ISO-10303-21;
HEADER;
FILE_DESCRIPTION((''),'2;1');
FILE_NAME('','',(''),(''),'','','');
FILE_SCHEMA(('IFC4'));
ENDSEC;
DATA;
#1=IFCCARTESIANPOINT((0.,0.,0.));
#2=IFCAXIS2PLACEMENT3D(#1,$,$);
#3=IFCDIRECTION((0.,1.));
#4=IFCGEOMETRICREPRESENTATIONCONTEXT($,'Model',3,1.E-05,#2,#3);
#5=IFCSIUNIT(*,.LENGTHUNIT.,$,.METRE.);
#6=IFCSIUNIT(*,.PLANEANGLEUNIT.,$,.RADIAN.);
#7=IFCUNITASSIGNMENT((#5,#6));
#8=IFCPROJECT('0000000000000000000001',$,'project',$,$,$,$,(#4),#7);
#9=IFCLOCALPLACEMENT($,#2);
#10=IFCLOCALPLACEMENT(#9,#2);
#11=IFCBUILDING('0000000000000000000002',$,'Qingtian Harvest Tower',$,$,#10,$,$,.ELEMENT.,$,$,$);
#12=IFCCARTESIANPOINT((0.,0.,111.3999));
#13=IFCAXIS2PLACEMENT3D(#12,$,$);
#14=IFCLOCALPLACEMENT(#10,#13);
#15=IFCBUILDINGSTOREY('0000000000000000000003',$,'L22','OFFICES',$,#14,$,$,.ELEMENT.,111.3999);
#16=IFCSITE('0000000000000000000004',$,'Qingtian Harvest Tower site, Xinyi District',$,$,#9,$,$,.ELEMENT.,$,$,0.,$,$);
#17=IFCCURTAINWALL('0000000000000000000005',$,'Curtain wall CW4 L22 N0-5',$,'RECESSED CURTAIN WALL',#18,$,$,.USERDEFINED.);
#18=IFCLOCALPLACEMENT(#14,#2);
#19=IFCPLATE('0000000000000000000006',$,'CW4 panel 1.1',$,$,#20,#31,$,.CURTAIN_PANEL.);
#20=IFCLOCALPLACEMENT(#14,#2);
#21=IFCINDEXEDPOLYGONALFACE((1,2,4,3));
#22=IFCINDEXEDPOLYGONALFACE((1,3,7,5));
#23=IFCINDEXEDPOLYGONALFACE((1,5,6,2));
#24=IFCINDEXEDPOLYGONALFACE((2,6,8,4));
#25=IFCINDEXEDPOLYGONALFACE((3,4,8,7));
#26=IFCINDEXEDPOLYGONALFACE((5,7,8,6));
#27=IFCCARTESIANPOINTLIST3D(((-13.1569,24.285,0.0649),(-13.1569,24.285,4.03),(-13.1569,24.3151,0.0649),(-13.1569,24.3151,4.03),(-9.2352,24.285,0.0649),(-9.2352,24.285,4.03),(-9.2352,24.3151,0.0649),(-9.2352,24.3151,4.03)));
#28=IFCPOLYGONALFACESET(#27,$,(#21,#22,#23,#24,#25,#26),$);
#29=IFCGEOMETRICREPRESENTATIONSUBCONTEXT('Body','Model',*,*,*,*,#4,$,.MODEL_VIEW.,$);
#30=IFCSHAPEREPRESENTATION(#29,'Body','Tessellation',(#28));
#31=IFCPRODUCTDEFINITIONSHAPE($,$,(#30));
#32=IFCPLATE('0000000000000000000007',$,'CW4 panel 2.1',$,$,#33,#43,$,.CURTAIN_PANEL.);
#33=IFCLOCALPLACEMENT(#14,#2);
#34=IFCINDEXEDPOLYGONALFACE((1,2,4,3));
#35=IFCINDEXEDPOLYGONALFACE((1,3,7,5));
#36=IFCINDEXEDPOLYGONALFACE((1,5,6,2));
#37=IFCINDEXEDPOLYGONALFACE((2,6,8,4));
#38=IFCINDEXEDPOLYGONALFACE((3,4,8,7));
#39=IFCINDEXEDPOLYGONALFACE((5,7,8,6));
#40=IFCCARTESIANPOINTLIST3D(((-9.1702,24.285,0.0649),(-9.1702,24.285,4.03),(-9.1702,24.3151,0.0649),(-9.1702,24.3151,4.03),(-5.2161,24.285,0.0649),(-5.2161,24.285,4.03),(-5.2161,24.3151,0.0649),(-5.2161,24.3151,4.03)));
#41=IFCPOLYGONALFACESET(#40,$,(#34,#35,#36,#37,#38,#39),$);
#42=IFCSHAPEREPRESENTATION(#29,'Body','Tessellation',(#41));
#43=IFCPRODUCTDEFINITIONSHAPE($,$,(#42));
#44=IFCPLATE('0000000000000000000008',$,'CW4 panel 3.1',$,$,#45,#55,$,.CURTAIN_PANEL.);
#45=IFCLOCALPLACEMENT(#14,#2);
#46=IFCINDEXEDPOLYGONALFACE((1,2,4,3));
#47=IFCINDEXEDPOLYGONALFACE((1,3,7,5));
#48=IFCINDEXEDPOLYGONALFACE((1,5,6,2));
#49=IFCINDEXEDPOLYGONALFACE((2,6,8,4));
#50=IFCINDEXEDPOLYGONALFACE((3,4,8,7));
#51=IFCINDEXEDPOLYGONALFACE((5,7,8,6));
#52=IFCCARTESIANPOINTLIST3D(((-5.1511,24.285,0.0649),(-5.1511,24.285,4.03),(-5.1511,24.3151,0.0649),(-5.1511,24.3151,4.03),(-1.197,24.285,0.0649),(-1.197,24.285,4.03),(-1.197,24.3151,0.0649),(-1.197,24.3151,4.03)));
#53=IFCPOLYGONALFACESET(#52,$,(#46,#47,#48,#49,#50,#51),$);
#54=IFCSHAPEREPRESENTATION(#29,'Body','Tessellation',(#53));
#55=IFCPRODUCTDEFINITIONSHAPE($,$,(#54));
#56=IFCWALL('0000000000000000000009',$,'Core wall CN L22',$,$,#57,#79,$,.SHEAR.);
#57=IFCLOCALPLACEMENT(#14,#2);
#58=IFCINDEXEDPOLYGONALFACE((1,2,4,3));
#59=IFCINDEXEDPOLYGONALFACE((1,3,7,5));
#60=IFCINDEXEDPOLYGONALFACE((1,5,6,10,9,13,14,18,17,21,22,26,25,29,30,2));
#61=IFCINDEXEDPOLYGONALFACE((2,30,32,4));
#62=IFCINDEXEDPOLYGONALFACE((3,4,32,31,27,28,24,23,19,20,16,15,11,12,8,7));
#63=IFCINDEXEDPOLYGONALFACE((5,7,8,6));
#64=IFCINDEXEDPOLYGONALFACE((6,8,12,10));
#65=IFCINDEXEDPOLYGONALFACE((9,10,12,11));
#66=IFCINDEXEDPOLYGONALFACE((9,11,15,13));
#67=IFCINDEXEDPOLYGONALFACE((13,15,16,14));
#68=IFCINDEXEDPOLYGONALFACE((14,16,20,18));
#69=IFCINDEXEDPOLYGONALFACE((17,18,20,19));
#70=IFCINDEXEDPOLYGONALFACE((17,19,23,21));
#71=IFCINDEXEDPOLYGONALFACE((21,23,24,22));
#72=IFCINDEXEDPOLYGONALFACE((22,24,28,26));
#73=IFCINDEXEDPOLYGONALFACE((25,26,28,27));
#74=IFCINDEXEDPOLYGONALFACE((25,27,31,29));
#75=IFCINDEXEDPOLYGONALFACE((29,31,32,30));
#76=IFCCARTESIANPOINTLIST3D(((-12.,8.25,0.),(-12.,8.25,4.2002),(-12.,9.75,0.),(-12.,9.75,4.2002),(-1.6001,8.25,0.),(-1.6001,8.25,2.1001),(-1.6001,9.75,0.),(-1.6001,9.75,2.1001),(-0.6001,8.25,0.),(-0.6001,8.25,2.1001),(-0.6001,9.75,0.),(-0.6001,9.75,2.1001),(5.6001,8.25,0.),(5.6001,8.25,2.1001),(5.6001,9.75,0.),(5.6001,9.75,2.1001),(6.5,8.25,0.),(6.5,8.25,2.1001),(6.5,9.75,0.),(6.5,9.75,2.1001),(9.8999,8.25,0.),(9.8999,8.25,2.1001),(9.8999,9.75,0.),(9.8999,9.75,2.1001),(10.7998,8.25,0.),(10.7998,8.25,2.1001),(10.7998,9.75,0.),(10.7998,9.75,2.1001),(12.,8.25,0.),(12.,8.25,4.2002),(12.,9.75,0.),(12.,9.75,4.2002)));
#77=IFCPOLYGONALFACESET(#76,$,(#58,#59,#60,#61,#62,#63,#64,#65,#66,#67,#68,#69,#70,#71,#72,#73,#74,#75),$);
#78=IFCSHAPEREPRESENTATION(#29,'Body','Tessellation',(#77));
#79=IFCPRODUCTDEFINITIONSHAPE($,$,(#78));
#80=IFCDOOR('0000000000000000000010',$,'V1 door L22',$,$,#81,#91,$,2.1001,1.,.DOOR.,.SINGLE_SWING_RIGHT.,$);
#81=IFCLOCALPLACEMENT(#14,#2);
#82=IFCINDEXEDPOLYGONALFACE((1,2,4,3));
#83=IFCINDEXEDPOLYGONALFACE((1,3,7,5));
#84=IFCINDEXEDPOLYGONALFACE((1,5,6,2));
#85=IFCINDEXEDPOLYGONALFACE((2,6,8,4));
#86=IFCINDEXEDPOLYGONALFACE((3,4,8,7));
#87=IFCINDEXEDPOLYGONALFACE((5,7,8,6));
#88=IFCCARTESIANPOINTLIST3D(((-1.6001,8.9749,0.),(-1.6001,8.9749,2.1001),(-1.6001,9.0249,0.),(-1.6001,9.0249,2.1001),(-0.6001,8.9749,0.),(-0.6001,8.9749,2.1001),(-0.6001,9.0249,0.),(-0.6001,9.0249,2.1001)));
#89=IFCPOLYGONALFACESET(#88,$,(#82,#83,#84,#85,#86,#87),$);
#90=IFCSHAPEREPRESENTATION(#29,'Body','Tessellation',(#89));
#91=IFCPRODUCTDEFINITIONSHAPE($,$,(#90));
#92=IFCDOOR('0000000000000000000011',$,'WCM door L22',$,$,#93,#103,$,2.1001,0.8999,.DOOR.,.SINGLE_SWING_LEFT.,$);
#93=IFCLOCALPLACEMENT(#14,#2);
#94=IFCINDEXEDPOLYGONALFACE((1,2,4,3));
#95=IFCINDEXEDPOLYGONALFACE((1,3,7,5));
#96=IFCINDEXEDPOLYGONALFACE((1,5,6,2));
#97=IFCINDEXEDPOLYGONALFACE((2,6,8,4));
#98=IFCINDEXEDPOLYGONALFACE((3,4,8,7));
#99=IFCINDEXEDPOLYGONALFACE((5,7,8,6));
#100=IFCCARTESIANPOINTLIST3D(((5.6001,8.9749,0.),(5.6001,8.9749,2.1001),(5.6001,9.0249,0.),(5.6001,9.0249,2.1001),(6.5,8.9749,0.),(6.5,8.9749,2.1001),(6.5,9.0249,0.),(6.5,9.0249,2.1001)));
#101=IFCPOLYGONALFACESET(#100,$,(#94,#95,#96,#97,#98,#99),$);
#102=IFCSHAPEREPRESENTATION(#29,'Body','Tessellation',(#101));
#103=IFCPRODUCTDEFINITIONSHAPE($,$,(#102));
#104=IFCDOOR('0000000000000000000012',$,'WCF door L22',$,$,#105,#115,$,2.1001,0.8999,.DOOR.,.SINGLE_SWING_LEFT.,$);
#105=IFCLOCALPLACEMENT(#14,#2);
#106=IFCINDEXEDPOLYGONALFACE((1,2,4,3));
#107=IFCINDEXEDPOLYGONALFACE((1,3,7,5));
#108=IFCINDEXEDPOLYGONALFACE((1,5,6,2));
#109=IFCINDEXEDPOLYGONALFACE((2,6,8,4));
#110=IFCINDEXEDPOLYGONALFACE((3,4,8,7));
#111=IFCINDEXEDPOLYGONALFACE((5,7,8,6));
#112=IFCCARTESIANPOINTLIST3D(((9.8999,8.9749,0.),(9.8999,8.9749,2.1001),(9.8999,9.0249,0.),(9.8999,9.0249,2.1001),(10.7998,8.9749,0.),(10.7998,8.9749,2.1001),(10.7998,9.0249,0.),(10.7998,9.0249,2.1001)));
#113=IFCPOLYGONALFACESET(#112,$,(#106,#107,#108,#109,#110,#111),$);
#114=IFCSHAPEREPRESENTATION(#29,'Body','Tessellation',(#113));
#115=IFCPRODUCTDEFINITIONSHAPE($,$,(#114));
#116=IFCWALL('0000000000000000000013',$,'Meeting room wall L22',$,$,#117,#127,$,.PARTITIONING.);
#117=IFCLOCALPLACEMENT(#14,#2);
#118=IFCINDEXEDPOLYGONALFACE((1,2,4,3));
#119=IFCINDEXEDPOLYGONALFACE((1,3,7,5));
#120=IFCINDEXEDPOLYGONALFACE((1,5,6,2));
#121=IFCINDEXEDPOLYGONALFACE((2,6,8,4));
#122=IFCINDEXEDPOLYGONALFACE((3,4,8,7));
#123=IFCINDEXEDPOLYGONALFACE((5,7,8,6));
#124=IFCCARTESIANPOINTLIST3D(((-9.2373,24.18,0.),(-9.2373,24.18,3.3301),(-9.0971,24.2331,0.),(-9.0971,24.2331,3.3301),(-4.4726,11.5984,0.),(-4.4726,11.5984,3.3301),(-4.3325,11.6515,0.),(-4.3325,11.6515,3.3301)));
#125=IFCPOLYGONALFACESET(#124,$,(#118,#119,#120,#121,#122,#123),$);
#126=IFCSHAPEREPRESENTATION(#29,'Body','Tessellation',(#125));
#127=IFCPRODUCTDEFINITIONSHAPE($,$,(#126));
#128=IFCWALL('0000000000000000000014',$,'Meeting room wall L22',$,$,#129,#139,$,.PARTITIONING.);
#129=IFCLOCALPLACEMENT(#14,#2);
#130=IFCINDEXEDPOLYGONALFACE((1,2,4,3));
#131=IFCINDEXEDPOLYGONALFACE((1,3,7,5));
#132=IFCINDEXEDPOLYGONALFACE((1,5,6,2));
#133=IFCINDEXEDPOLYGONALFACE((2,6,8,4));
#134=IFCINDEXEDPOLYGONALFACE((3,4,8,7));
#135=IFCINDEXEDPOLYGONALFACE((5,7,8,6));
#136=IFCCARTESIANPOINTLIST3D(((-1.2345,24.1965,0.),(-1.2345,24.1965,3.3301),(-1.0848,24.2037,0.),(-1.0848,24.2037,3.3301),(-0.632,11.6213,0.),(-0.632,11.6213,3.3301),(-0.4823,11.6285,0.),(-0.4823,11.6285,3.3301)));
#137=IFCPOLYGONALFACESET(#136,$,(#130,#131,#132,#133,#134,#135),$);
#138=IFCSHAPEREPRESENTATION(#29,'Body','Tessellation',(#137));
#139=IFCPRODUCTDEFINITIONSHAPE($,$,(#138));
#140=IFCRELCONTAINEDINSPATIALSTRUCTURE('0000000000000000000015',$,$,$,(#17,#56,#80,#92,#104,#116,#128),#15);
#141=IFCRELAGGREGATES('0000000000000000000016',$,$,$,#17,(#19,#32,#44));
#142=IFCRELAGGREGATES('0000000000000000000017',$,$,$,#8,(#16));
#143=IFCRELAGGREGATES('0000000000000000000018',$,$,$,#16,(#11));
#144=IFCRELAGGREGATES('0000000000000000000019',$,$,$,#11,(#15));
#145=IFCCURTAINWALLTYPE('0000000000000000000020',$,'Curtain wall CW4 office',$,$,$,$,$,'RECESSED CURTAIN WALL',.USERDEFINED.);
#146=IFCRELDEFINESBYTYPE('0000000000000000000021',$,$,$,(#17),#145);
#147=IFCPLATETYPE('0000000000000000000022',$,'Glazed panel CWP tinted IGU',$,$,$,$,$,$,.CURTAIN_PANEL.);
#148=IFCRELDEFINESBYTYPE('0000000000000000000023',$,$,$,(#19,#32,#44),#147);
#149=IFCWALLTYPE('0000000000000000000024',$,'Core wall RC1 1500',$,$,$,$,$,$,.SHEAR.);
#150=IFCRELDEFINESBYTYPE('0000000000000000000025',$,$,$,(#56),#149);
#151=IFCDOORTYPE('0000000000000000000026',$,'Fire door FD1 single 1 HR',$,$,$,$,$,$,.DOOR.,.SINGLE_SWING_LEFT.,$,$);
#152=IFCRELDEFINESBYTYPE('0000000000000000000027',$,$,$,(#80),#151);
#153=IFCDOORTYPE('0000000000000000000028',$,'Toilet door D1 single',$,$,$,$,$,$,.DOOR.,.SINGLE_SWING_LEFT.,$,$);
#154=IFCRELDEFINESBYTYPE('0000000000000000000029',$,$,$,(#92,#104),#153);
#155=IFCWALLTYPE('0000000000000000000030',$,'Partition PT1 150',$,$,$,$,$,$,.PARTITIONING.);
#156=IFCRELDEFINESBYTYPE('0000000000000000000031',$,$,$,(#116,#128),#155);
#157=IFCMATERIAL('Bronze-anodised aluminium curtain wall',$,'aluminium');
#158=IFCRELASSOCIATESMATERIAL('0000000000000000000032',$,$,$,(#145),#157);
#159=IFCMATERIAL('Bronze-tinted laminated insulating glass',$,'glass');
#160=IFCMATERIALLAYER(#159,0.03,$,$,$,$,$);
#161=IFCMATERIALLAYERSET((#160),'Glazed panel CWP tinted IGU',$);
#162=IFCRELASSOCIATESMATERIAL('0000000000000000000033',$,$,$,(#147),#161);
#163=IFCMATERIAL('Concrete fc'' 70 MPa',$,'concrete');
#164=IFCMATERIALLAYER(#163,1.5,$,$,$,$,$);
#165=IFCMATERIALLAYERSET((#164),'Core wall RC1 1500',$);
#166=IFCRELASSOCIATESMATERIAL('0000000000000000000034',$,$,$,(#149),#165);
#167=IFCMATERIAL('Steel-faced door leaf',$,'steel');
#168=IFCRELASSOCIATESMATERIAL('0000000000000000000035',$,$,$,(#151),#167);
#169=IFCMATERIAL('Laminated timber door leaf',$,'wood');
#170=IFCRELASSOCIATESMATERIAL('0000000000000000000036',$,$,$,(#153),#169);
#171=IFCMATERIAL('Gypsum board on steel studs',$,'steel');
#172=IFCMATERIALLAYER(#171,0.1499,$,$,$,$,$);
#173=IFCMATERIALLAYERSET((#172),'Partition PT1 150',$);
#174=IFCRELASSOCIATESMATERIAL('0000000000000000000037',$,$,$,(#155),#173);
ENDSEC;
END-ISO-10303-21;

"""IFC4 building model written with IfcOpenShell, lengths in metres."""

from ifc_helpers import new_model, si_unit, direction, frame, frame_2d, origin, origin_2d, place, context, subcontext, project, spatial, rectangle, extrude, material, layer, layer_set, type_object, element, fill, aggregate, save


model = new_model("IFC4")

# Units and contexts
model_context = context("Model", 3, precision=1e-05, world=origin(), true_north=direction((0.0, 1.0)))
body_context = subcontext(model_context, "Body", "Model", "MODEL_VIEW")
ifc_project = project(units=[si_unit("LENGTHUNIT", "METRE"), si_unit("PLANEANGLEUNIT", "RADIAN")], contexts=[model_context])

# Site, building, storey
site_placement = place(None, origin())
site = spatial("IfcSite", under=ifc_project, at=site_placement, Name="Qingtian Harvest Tower site, Xinyi District", CompositionType="ELEMENT", RefElevation=0.0)
building_placement = place(site_placement, origin())
building = spatial("IfcBuilding", under=site, at=building_placement, Name="Qingtian Harvest Tower", CompositionType="ELEMENT")
storey_placement = place(building_placement, frame((0.0, 0.0, 111.3999)))
storey = spatial("IfcBuildingStorey", under=building, at=storey_placement, Name="L22", Description="OFFICES", CompositionType="ELEMENT", Elevation=111.3999)

# Curtain wall
ifc_material_1 = material(Name="Bronze-anodised aluminium curtain wall", Category="aluminium")
curtain_wall_type = type_object("IfcCurtainWallType", Name="Curtain wall CW4 office", ElementType="RECESSED CURTAIN WALL", PredefinedType="USERDEFINED", material=ifc_material_1)
curtain_wall_placement = place(storey_placement, origin())
curtain_wall = element("IfcCurtainWall", 1, at=curtain_wall_placement, inside=storey, type_object=curtain_wall_type, Name="Curtain wall CW4 L22 N0-5", ObjectType="RECESSED CURTAIN WALL", PredefinedType="USERDEFINED")

# Plates
ifc_material_2 = material(Name="Bronze-tinted laminated insulating glass", Category="glass")
ifc_layer_1 = layer(ifc_material_2, 0.03)
ifc_layer_set_1 = layer_set([ifc_layer_1], Name="Glazed panel CWP tinted IGU")
plate_type = type_object("IfcPlateType", Name="Glazed panel CWP tinted IGU", PredefinedType="CURTAIN_PANEL", material=ifc_layer_set_1)
plate_1_placement = place(storey_placement, frame((-11.196, 24.3, 0.0649), z_axis=(0.0, 0.0, 1.0), x_axis=(1.0, 0.0, 0.0)))
plate_1 = element("IfcPlate", 2, at=plate_1_placement, type_object=plate_type, Name="CW4 panel 1.1", PredefinedType="CURTAIN_PANEL", context=body_context, shape_type="SweptSolid", body=[
    extrude(rectangle(XDim=3.9216, YDim=0.03, at=origin_2d()), origin(), (0.0, 0.0, 1.0), 3.9651),
])
plate_2_placement = place(storey_placement, frame((-7.1931, 24.3, 0.0649), z_axis=(0.0, 0.0, 1.0), x_axis=(1.0, 0.0, 0.0)))
plate_2 = element("IfcPlate", 3, at=plate_2_placement, type_object=plate_type, Name="CW4 panel 2.1", PredefinedType="CURTAIN_PANEL", context=body_context, shape_type="SweptSolid", body=[
    extrude(rectangle(XDim=3.9541, YDim=0.03, at=origin_2d()), origin(), (0.0, 0.0, 1.0), 3.9651),
])
plate_3_placement = place(storey_placement, frame((-3.1741, 24.3, 0.0649), z_axis=(0.0, 0.0, 1.0), x_axis=(1.0, 0.0, 0.0)))
plate_3 = element("IfcPlate", 4, at=plate_3_placement, type_object=plate_type, Name="CW4 panel 3.1", PredefinedType="CURTAIN_PANEL", context=body_context, shape_type="SweptSolid", body=[
    extrude(rectangle(XDim=3.9541, YDim=0.03, at=origin_2d()), origin(), (0.0, 0.0, 1.0), 3.9651),
])
aggregate(curtain_wall, [plate_1, plate_2, plate_3])

# Wall, openings, doors
ifc_material_3 = material(Name="Concrete fc' 70 MPa", Category="concrete")
ifc_layer_2 = layer(ifc_material_3, 1.5)
ifc_layer_set_2 = layer_set([ifc_layer_2], Name="Core wall RC1 1500")
wall_type_1 = type_object("IfcWallType", Name="Core wall RC1 1500", PredefinedType="SHEAR", material=ifc_layer_set_2)
wall_1_placement = place(storey_placement, frame((-12.0, 9.0, 0.0), z_axis=(0.0, 0.0, 1.0), x_axis=(1.0, 0.0, 0.0)))
wall_1 = element("IfcWall", 5, at=wall_1_placement, inside=storey, type_object=wall_type_1, Name="Core wall CN L22", PredefinedType="SHEAR", context=body_context, shape_type="SweptSolid", body=[
    extrude(rectangle(XDim=24.0, YDim=1.5, at=frame_2d((12.0, 0.0))), origin(), (0.0, 0.0, 1.0), 4.2002),
])
opening_1_placement = place(wall_1_placement, frame((10.3999, 0.0, 0.0)))
opening_1 = element("IfcOpeningElement", 6, at=opening_1_placement, cuts=wall_1, PredefinedType="OPENING", context=body_context, shape_type="SweptSolid", body=[
    extrude(rectangle(XDim=1.0, YDim=2.1001, at=frame_2d((0.5, 1.05))), frame((0.0, 0.76, 0.0), z_axis=(0.0, -1.0, 0.0), x_axis=(1.0, 0.0, 0.0)), (0.0, 0.0, 1.0), 1.52),
])
opening_2_placement = place(wall_1_placement, frame((17.6001, 0.0, 0.0)))
opening_2 = element("IfcOpeningElement", 7, at=opening_2_placement, cuts=wall_1, PredefinedType="OPENING", context=body_context, shape_type="SweptSolid", body=[
    extrude(rectangle(XDim=0.8999, YDim=2.1001, at=frame_2d((0.45, 1.05))), frame((0.0, 0.76, 0.0), z_axis=(0.0, -1.0, 0.0), x_axis=(1.0, 0.0, 0.0)), (0.0, 0.0, 1.0), 1.52),
])
opening_3_placement = place(wall_1_placement, frame((21.8999, 0.0, 0.0)))
opening_3 = element("IfcOpeningElement", 8, at=opening_3_placement, cuts=wall_1, PredefinedType="OPENING", context=body_context, shape_type="SweptSolid", body=[
    extrude(rectangle(XDim=0.8999, YDim=2.1001, at=frame_2d((0.45, 1.05))), frame((0.0, 0.76, 0.0), z_axis=(0.0, -1.0, 0.0), x_axis=(1.0, 0.0, 0.0)), (0.0, 0.0, 1.0), 1.52),
])
ifc_material_4 = material(Name="Steel-faced door leaf", Category="steel")
door_type_1 = type_object("IfcDoorType", Name="Fire door FD1 single 1 HR", OperationType="SINGLE_SWING_LEFT", PredefinedType="DOOR", material=ifc_material_4)
door_1_placement = place(opening_1_placement, origin())
door_1 = element("IfcDoor", 9, at=door_1_placement, inside=storey, type_object=door_type_1, Name="V1 door L22", OperationType="SINGLE_SWING_RIGHT", OverallHeight=2.1001, OverallWidth=1.0, PredefinedType="DOOR", context=body_context, shape_type="SweptSolid", body=[
    extrude(rectangle(XDim=1.0, YDim=2.1001, at=frame_2d((0.5, 1.05))), frame((0.0, 0.0249, 0.0), z_axis=(0.0, -1.0, 0.0), x_axis=(1.0, 0.0, 0.0)), (0.0, 0.0, 1.0), 0.05),
])
fill(opening_1, door_1)
ifc_material_5 = material(Name="Laminated timber door leaf", Category="wood")
door_type_2 = type_object("IfcDoorType", Name="Toilet door D1 single", OperationType="SINGLE_SWING_LEFT", PredefinedType="DOOR", material=ifc_material_5)
door_2_placement = place(opening_2_placement, origin())
door_2 = element("IfcDoor", 10, at=door_2_placement, inside=storey, type_object=door_type_2, Name="WCM door L22", OperationType="SINGLE_SWING_LEFT", OverallHeight=2.1001, OverallWidth=0.8999, PredefinedType="DOOR", context=body_context, shape_type="SweptSolid", body=[
    extrude(rectangle(XDim=0.8999, YDim=2.1001, at=frame_2d((0.45, 1.05))), frame((0.0, 0.0249, 0.0), z_axis=(0.0, -1.0, 0.0), x_axis=(1.0, 0.0, 0.0)), (0.0, 0.0, 1.0), 0.05),
])
fill(opening_2, door_2)
door_3_placement = place(opening_3_placement, origin())
door_3 = element("IfcDoor", 11, at=door_3_placement, inside=storey, type_object=door_type_2, Name="WCF door L22", OperationType="SINGLE_SWING_LEFT", OverallHeight=2.1001, OverallWidth=0.8999, PredefinedType="DOOR", context=body_context, shape_type="SweptSolid", body=[
    extrude(rectangle(XDim=0.8999, YDim=2.1001, at=frame_2d((0.45, 1.05))), frame((0.0, 0.0249, 0.0), z_axis=(0.0, -1.0, 0.0), x_axis=(1.0, 0.0, 0.0)), (0.0, 0.0, 1.0), 0.05),
])
fill(opening_3, door_3)

# Wall
ifc_material_6 = material(Name="Gypsum board on steel studs", Category="steel")
ifc_layer_3 = layer(ifc_material_6, 0.1499)
ifc_layer_set_3 = layer_set([ifc_layer_3], Name="Partition PT1 150")
wall_type_2 = type_object("IfcWallType", Name="Partition PT1 150", PredefinedType="PARTITIONING", material=ifc_layer_set_3)
wall_2_placement = place(storey_placement, frame((-9.1672, 24.2065, 0.0), z_axis=(0.0, 0.0, 1.0), x_axis=(0.354156, -0.935186, 0.0)))
element("IfcWall", 12, at=wall_2_placement, inside=storey, type_object=wall_type_2, Name="Meeting room wall L22", PredefinedType="PARTITIONING", context=body_context, shape_type="SweptSolid", body=[
    extrude(rectangle(XDim=13.4536, YDim=0.1499, at=frame_2d((6.7268, 0.0))), origin(), (0.0, 0.0, 1.0), 3.3301),
])

# Wall
wall_3_placement = place(storey_placement, frame((-1.1597, 24.2002, 0.0), z_axis=(0.0, 0.0, 1.0), x_axis=(0.04786, -0.998854, 0.0)))
element("IfcWall", 13, at=wall_3_placement, inside=storey, type_object=wall_type_2, Name="Meeting room wall L22", PredefinedType="PARTITIONING", context=body_context, shape_type="SweptSolid", body=[
    extrude(rectangle(XDim=12.5896, YDim=0.1499, at=frame_2d((6.2949, 0.0))), origin(), (0.0, 0.0, 1.0), 3.3301),
])

save(model, "model.ifc")
